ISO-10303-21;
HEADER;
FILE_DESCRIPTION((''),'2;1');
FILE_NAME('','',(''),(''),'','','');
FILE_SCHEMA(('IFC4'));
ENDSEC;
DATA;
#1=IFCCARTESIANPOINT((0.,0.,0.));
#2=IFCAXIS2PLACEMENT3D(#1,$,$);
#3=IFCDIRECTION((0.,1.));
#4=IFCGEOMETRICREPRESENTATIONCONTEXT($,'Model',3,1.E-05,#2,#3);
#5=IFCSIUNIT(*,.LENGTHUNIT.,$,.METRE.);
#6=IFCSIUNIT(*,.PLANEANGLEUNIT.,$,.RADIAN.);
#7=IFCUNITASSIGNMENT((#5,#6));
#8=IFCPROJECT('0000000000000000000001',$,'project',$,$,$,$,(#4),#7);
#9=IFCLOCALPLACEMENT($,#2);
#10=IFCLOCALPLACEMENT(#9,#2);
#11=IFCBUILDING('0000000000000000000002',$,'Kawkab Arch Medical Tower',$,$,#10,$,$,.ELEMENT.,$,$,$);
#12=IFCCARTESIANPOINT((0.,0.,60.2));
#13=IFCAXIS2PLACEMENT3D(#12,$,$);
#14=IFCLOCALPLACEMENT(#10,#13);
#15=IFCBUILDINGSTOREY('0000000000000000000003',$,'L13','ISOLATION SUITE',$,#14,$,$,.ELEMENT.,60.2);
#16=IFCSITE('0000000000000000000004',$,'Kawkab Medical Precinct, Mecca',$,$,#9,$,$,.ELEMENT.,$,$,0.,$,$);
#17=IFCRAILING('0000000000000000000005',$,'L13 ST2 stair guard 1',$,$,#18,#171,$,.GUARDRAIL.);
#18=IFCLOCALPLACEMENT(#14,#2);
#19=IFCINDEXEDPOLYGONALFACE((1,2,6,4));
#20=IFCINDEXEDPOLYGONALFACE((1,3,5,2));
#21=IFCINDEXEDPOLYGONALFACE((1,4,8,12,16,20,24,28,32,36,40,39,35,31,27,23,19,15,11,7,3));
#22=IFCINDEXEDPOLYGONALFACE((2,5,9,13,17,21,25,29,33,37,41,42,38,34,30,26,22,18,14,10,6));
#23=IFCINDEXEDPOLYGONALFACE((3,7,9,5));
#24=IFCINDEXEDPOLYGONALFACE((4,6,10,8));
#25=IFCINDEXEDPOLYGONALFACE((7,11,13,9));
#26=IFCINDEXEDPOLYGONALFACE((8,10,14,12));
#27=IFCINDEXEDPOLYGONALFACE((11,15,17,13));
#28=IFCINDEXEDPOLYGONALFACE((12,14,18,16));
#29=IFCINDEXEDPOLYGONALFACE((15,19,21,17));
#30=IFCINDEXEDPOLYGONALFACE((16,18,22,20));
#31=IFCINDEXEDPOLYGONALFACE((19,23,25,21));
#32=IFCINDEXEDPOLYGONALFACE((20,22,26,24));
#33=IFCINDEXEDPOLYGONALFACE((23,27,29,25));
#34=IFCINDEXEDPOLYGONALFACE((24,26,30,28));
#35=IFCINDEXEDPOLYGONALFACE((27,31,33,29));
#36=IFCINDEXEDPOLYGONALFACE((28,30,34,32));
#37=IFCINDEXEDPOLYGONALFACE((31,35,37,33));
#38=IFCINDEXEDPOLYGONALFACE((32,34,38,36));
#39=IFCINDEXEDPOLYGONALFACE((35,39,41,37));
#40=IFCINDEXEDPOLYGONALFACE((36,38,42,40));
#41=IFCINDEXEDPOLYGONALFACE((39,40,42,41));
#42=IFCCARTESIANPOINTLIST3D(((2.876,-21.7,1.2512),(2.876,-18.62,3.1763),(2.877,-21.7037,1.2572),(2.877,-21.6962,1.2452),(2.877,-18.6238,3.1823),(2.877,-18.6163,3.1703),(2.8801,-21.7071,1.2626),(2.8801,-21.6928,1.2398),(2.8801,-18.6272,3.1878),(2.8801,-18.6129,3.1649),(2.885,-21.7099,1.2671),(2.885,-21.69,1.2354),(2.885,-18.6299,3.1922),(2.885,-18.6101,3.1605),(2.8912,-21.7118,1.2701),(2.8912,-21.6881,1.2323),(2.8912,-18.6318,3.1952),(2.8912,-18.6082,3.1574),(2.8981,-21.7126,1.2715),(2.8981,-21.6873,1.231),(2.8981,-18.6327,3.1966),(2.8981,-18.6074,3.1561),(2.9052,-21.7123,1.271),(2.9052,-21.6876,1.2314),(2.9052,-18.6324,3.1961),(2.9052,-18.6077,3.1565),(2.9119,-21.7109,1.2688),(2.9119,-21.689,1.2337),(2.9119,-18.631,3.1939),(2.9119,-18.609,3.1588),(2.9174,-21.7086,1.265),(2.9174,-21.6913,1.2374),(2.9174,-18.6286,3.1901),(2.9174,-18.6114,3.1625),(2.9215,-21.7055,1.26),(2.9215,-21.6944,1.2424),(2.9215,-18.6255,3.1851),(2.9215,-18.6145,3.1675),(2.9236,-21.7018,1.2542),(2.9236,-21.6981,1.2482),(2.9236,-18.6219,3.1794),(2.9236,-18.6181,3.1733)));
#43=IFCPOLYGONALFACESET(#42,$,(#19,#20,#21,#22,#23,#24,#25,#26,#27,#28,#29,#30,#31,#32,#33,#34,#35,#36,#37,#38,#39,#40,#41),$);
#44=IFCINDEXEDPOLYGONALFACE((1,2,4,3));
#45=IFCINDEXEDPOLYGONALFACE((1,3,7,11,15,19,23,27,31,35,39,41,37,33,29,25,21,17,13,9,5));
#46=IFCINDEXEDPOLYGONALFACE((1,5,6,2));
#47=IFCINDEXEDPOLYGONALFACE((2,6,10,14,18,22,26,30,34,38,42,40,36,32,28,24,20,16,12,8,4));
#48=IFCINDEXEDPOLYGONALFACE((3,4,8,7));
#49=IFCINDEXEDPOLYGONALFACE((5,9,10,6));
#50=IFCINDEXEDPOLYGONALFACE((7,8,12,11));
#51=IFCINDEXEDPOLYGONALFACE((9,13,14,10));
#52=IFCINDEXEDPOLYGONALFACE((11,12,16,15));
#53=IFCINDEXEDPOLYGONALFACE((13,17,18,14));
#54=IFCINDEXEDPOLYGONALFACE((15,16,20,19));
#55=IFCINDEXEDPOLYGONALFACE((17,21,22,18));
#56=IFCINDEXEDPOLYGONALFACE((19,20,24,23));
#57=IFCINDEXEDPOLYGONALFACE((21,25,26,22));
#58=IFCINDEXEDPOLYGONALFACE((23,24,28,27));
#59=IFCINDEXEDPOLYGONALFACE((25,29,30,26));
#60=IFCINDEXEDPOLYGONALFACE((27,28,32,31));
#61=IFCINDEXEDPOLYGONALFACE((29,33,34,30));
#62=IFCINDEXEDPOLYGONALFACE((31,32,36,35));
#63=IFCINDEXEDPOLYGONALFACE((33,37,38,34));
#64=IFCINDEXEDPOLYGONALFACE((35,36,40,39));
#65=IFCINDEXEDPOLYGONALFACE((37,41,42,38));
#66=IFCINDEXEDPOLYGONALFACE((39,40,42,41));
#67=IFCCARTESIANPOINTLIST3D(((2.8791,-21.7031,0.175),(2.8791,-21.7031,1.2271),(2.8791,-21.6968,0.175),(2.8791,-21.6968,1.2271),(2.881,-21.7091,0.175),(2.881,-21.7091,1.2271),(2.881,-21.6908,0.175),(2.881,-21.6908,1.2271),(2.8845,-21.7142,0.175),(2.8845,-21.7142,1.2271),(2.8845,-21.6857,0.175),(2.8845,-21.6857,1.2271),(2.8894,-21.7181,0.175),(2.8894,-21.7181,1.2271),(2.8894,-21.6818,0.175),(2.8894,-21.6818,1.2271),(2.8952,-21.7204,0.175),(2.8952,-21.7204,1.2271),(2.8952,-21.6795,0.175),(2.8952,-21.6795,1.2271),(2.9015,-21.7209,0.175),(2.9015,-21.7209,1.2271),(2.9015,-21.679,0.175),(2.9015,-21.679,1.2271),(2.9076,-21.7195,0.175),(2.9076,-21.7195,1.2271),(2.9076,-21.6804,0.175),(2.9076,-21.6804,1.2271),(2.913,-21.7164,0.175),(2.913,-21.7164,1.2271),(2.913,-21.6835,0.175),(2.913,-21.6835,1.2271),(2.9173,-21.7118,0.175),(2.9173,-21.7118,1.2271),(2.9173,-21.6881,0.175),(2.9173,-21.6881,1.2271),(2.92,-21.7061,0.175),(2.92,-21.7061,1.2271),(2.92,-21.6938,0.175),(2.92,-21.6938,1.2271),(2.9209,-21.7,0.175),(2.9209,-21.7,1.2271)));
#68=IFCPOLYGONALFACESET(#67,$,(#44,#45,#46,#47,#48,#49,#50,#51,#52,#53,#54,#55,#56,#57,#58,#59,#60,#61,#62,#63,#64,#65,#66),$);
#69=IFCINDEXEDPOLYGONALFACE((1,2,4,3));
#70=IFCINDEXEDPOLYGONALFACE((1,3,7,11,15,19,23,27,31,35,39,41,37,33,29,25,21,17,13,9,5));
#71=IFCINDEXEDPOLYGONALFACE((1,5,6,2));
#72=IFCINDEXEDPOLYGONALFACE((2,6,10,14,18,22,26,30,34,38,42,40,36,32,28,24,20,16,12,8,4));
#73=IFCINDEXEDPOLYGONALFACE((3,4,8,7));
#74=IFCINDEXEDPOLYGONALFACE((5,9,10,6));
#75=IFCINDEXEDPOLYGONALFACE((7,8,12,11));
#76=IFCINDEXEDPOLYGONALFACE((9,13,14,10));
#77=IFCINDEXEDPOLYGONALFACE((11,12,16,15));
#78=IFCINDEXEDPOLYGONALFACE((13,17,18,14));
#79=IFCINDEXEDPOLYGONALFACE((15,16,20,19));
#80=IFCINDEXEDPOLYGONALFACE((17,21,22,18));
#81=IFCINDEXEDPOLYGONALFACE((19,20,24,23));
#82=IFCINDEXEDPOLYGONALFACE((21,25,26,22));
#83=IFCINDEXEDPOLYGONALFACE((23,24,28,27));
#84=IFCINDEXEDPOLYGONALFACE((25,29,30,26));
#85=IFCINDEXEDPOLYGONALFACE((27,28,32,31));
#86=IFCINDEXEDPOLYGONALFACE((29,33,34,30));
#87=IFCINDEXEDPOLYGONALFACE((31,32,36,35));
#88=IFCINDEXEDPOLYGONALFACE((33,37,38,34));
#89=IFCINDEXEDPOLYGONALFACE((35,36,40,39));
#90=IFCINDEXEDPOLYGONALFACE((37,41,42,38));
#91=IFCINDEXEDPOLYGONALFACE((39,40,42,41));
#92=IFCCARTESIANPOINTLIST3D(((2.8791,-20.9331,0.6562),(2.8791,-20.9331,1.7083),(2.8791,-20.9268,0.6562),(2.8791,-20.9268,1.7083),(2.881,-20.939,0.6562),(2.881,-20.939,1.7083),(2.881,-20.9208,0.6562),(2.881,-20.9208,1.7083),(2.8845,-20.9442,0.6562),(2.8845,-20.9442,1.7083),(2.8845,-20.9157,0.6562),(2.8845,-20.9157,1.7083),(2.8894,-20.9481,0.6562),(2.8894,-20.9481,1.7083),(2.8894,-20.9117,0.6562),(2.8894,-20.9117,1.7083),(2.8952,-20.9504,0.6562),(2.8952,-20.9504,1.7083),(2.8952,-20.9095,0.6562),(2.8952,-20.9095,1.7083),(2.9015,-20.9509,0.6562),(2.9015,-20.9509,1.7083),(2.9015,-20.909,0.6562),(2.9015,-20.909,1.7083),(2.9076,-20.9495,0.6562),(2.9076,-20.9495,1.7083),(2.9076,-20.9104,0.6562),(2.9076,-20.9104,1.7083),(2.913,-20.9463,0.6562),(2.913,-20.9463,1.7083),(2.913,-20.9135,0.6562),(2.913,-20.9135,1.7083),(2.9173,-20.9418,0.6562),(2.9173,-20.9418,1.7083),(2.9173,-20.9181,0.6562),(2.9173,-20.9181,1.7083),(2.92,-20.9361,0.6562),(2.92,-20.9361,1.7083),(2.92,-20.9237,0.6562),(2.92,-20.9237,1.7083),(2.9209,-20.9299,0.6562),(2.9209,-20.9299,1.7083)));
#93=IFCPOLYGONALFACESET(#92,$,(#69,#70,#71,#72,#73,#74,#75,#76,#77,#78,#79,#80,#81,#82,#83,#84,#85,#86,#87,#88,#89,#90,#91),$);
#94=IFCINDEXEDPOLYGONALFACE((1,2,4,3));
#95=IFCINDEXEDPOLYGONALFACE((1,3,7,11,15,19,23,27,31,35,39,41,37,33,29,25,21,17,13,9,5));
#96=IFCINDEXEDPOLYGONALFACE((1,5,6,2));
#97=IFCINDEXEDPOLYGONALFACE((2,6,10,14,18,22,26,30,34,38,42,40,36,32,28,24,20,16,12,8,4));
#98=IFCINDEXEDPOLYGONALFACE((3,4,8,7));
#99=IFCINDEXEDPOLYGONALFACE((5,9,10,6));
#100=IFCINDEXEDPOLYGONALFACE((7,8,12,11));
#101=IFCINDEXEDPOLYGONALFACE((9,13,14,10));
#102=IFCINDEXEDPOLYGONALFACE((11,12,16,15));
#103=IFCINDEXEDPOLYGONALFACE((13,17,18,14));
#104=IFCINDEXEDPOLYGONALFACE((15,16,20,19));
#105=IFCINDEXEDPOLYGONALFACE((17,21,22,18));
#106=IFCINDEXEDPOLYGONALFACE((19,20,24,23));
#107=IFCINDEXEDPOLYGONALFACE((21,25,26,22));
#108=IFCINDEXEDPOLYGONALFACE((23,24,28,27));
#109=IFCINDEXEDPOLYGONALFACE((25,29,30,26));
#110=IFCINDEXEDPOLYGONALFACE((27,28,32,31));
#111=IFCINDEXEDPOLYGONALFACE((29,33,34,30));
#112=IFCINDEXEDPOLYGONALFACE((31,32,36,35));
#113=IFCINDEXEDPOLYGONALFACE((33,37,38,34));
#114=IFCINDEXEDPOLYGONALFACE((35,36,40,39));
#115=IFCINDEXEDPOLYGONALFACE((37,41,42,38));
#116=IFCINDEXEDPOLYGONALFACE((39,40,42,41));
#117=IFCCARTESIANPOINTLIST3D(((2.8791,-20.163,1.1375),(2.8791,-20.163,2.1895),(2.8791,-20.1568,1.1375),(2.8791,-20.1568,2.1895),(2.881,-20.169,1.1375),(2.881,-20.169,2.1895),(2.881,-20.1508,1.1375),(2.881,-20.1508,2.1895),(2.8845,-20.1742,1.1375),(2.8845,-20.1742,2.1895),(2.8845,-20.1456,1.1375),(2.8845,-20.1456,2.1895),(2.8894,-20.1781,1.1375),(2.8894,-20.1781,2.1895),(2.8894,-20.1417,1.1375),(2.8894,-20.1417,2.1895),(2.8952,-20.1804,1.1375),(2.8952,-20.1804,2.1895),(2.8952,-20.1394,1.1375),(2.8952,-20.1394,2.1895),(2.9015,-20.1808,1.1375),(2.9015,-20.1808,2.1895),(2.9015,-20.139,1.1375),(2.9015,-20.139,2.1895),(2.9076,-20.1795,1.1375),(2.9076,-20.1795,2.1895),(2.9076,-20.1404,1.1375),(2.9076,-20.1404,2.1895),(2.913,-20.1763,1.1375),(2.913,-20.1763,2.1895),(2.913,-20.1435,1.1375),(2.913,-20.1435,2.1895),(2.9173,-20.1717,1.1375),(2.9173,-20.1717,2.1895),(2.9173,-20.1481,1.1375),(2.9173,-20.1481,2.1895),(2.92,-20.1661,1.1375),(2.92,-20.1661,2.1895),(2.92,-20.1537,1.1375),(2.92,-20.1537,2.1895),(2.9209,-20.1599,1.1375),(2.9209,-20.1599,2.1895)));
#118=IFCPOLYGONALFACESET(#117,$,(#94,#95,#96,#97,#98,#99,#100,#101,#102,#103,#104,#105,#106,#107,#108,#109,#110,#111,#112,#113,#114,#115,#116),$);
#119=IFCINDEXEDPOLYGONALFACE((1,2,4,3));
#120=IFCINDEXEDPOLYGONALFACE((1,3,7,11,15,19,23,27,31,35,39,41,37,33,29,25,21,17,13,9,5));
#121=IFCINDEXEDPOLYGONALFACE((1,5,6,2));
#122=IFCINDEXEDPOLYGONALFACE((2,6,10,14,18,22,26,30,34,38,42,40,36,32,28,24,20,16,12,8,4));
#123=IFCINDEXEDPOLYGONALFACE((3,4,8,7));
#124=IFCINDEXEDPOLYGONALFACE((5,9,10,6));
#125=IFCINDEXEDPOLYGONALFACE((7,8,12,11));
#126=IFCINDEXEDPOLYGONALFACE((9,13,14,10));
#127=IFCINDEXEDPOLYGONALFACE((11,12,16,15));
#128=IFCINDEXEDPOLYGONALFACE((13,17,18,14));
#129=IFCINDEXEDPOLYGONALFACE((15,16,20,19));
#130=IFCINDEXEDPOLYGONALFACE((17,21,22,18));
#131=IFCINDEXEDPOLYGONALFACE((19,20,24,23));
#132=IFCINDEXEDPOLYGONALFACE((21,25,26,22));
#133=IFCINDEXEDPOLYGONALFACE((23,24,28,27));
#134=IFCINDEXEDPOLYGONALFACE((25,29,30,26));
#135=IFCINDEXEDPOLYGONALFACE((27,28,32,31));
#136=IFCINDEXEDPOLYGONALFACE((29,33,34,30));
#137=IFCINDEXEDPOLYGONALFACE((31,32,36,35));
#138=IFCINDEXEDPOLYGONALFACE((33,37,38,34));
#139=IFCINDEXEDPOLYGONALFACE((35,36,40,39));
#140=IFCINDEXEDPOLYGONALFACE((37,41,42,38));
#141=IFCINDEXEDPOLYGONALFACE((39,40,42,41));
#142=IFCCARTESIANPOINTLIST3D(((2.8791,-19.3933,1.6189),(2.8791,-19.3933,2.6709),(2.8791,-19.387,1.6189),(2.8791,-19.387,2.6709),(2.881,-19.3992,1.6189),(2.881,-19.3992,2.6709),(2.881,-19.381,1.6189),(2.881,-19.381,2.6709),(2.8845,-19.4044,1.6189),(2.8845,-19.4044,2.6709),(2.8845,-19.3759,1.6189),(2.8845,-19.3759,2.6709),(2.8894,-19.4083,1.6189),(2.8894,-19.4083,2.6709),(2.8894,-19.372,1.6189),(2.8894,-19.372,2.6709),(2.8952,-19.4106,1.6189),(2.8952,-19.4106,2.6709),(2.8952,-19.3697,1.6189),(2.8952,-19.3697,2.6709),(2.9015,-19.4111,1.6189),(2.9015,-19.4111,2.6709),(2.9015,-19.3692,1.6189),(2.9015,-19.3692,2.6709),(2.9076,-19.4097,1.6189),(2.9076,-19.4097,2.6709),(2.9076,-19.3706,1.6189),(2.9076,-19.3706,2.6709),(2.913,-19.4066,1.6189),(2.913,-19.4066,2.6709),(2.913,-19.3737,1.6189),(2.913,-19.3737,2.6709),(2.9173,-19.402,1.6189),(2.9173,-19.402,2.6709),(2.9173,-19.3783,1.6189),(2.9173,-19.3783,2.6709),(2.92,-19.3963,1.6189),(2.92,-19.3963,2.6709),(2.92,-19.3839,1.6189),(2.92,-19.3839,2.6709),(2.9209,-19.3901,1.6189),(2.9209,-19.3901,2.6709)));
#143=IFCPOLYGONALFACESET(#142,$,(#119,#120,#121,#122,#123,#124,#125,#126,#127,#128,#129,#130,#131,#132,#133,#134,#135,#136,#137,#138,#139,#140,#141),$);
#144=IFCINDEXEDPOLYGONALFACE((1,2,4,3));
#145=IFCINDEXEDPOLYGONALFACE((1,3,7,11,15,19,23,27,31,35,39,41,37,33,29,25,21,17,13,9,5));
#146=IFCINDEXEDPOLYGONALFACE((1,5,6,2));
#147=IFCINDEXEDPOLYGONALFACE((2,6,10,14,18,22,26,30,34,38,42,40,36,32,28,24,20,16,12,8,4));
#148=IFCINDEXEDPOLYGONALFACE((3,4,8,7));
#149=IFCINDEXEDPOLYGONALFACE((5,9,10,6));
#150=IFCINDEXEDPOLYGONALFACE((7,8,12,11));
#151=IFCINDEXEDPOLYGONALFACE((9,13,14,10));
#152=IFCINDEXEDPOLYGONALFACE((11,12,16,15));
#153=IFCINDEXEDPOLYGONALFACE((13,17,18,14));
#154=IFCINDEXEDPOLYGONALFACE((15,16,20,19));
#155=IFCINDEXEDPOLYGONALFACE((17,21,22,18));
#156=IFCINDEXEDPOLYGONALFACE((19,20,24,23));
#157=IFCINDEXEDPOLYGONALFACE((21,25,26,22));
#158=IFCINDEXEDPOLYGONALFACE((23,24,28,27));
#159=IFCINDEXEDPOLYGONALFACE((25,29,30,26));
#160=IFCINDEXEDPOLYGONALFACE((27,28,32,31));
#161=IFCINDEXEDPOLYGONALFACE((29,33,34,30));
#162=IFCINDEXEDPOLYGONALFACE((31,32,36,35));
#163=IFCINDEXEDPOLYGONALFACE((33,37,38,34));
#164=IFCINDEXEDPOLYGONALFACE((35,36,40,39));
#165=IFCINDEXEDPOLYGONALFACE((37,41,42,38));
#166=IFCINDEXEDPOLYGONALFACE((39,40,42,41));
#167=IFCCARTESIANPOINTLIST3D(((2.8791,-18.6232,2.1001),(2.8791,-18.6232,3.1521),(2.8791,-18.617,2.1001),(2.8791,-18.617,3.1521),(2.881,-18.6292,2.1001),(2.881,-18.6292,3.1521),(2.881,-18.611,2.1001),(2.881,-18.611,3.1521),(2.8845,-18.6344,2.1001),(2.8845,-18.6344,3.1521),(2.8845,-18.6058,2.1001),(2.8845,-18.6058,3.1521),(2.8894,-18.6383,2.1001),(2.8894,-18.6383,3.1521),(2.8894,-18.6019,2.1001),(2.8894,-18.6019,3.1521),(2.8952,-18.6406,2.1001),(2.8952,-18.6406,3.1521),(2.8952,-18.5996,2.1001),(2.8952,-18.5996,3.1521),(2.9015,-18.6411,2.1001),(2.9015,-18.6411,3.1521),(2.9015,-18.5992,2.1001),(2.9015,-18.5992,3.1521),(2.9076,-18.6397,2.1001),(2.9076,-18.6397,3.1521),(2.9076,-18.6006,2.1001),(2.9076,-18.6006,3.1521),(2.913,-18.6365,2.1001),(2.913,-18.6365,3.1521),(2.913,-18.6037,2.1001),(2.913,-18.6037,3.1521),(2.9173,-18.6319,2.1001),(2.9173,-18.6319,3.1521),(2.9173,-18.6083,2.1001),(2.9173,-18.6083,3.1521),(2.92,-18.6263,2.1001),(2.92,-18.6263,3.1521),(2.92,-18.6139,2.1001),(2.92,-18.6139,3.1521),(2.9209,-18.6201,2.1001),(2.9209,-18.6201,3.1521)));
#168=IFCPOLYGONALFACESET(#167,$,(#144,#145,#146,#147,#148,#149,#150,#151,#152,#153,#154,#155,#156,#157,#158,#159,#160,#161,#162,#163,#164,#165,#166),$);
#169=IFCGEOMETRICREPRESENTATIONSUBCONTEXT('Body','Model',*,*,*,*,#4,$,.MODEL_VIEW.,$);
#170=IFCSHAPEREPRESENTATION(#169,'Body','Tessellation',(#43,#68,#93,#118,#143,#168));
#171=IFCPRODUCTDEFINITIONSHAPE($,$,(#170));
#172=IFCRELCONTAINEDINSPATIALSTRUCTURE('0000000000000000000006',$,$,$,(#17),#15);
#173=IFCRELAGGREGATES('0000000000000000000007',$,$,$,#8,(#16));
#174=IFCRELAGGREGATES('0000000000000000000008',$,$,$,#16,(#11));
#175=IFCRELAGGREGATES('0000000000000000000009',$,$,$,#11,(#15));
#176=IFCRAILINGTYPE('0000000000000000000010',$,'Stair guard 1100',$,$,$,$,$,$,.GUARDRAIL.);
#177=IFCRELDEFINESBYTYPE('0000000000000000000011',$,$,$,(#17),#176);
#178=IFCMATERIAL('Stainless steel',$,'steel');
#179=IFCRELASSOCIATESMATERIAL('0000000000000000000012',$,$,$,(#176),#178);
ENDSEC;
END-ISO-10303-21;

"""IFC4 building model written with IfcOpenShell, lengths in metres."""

from ifc_helpers import new_model, si_unit, direction, frame, origin, origin_2d, place, context, subcontext, project, spatial, circle, extrude, material, type_object, element, save


model = new_model("IFC4")

# Units and contexts
model_context = context("Model", 3, precision=1e-05, world=origin(), true_north=direction((0.0, 1.0)))
body_context = subcontext(model_context, "Body", "Model", "MODEL_VIEW")
ifc_project = project(units=[si_unit("LENGTHUNIT", "METRE"), si_unit("PLANEANGLEUNIT", "RADIAN")], contexts=[model_context])

# Site, building, storey
site_placement = place(None, origin())
site = spatial("IfcSite", under=ifc_project, at=site_placement, Name="Kawkab Medical Precinct, Mecca", CompositionType="ELEMENT", RefElevation=0.0)
building_placement = place(site_placement, origin())
building = spatial("IfcBuilding", under=site, at=building_placement, Name="Kawkab Arch Medical Tower", CompositionType="ELEMENT")
storey_placement = place(building_placement, frame((0.0, 0.0, 60.2)))
storey = spatial("IfcBuildingStorey", under=building, at=storey_placement, Name="L13", Description="ISOLATION SUITE", CompositionType="ELEMENT", Elevation=60.2)

# Railing
ifc_material_1 = material(Name="Stainless steel", Category="steel")
railing_type = type_object("IfcRailingType", Name="Stair guard 1100", PredefinedType="GUARDRAIL", material=ifc_material_1)
railing_1_placement = place(storey_placement, frame((2.8999, -21.7, 0.175)))
element("IfcRailing", 1, at=railing_1_placement, inside=storey, type_object=railing_type, Name="L13 ST2 stair guard 1", PredefinedType="GUARDRAIL", context=body_context, shape_type="SweptSolid", body=[
    extrude(circle(Radius=0.0239, at=origin_2d()), frame((0.0, 0.0, 1.0762), z_axis=(0.0, 0.847979, 0.530029), x_axis=(-1.0, 0.0, 0.0)), (0.0, 0.0, 1.0), 3.6321),
    extrude(circle(Radius=0.021, at=origin_2d()), origin(), (0.0, 0.0, 1.0), 1.052),
    extrude(circle(Radius=0.021, at=origin_2d()), frame((0.0, 0.77, 0.4812)), (0.0, 0.0, 1.0), 1.052),
    extrude(circle(Radius=0.021, at=origin_2d()), frame((0.0, 1.54, 0.9624)), (0.0, 0.0, 1.0), 1.052),
    extrude(circle(Radius=0.021, at=origin_2d()), frame((0.0, 2.3098, 1.4438)), (0.0, 0.0, 1.0), 1.052),
    extrude(circle(Radius=0.021, at=origin_2d()), frame((0.0, 3.0798, 1.925)), (0.0, 0.0, 1.0), 1.052),
])

save(model, "model.ifc")
